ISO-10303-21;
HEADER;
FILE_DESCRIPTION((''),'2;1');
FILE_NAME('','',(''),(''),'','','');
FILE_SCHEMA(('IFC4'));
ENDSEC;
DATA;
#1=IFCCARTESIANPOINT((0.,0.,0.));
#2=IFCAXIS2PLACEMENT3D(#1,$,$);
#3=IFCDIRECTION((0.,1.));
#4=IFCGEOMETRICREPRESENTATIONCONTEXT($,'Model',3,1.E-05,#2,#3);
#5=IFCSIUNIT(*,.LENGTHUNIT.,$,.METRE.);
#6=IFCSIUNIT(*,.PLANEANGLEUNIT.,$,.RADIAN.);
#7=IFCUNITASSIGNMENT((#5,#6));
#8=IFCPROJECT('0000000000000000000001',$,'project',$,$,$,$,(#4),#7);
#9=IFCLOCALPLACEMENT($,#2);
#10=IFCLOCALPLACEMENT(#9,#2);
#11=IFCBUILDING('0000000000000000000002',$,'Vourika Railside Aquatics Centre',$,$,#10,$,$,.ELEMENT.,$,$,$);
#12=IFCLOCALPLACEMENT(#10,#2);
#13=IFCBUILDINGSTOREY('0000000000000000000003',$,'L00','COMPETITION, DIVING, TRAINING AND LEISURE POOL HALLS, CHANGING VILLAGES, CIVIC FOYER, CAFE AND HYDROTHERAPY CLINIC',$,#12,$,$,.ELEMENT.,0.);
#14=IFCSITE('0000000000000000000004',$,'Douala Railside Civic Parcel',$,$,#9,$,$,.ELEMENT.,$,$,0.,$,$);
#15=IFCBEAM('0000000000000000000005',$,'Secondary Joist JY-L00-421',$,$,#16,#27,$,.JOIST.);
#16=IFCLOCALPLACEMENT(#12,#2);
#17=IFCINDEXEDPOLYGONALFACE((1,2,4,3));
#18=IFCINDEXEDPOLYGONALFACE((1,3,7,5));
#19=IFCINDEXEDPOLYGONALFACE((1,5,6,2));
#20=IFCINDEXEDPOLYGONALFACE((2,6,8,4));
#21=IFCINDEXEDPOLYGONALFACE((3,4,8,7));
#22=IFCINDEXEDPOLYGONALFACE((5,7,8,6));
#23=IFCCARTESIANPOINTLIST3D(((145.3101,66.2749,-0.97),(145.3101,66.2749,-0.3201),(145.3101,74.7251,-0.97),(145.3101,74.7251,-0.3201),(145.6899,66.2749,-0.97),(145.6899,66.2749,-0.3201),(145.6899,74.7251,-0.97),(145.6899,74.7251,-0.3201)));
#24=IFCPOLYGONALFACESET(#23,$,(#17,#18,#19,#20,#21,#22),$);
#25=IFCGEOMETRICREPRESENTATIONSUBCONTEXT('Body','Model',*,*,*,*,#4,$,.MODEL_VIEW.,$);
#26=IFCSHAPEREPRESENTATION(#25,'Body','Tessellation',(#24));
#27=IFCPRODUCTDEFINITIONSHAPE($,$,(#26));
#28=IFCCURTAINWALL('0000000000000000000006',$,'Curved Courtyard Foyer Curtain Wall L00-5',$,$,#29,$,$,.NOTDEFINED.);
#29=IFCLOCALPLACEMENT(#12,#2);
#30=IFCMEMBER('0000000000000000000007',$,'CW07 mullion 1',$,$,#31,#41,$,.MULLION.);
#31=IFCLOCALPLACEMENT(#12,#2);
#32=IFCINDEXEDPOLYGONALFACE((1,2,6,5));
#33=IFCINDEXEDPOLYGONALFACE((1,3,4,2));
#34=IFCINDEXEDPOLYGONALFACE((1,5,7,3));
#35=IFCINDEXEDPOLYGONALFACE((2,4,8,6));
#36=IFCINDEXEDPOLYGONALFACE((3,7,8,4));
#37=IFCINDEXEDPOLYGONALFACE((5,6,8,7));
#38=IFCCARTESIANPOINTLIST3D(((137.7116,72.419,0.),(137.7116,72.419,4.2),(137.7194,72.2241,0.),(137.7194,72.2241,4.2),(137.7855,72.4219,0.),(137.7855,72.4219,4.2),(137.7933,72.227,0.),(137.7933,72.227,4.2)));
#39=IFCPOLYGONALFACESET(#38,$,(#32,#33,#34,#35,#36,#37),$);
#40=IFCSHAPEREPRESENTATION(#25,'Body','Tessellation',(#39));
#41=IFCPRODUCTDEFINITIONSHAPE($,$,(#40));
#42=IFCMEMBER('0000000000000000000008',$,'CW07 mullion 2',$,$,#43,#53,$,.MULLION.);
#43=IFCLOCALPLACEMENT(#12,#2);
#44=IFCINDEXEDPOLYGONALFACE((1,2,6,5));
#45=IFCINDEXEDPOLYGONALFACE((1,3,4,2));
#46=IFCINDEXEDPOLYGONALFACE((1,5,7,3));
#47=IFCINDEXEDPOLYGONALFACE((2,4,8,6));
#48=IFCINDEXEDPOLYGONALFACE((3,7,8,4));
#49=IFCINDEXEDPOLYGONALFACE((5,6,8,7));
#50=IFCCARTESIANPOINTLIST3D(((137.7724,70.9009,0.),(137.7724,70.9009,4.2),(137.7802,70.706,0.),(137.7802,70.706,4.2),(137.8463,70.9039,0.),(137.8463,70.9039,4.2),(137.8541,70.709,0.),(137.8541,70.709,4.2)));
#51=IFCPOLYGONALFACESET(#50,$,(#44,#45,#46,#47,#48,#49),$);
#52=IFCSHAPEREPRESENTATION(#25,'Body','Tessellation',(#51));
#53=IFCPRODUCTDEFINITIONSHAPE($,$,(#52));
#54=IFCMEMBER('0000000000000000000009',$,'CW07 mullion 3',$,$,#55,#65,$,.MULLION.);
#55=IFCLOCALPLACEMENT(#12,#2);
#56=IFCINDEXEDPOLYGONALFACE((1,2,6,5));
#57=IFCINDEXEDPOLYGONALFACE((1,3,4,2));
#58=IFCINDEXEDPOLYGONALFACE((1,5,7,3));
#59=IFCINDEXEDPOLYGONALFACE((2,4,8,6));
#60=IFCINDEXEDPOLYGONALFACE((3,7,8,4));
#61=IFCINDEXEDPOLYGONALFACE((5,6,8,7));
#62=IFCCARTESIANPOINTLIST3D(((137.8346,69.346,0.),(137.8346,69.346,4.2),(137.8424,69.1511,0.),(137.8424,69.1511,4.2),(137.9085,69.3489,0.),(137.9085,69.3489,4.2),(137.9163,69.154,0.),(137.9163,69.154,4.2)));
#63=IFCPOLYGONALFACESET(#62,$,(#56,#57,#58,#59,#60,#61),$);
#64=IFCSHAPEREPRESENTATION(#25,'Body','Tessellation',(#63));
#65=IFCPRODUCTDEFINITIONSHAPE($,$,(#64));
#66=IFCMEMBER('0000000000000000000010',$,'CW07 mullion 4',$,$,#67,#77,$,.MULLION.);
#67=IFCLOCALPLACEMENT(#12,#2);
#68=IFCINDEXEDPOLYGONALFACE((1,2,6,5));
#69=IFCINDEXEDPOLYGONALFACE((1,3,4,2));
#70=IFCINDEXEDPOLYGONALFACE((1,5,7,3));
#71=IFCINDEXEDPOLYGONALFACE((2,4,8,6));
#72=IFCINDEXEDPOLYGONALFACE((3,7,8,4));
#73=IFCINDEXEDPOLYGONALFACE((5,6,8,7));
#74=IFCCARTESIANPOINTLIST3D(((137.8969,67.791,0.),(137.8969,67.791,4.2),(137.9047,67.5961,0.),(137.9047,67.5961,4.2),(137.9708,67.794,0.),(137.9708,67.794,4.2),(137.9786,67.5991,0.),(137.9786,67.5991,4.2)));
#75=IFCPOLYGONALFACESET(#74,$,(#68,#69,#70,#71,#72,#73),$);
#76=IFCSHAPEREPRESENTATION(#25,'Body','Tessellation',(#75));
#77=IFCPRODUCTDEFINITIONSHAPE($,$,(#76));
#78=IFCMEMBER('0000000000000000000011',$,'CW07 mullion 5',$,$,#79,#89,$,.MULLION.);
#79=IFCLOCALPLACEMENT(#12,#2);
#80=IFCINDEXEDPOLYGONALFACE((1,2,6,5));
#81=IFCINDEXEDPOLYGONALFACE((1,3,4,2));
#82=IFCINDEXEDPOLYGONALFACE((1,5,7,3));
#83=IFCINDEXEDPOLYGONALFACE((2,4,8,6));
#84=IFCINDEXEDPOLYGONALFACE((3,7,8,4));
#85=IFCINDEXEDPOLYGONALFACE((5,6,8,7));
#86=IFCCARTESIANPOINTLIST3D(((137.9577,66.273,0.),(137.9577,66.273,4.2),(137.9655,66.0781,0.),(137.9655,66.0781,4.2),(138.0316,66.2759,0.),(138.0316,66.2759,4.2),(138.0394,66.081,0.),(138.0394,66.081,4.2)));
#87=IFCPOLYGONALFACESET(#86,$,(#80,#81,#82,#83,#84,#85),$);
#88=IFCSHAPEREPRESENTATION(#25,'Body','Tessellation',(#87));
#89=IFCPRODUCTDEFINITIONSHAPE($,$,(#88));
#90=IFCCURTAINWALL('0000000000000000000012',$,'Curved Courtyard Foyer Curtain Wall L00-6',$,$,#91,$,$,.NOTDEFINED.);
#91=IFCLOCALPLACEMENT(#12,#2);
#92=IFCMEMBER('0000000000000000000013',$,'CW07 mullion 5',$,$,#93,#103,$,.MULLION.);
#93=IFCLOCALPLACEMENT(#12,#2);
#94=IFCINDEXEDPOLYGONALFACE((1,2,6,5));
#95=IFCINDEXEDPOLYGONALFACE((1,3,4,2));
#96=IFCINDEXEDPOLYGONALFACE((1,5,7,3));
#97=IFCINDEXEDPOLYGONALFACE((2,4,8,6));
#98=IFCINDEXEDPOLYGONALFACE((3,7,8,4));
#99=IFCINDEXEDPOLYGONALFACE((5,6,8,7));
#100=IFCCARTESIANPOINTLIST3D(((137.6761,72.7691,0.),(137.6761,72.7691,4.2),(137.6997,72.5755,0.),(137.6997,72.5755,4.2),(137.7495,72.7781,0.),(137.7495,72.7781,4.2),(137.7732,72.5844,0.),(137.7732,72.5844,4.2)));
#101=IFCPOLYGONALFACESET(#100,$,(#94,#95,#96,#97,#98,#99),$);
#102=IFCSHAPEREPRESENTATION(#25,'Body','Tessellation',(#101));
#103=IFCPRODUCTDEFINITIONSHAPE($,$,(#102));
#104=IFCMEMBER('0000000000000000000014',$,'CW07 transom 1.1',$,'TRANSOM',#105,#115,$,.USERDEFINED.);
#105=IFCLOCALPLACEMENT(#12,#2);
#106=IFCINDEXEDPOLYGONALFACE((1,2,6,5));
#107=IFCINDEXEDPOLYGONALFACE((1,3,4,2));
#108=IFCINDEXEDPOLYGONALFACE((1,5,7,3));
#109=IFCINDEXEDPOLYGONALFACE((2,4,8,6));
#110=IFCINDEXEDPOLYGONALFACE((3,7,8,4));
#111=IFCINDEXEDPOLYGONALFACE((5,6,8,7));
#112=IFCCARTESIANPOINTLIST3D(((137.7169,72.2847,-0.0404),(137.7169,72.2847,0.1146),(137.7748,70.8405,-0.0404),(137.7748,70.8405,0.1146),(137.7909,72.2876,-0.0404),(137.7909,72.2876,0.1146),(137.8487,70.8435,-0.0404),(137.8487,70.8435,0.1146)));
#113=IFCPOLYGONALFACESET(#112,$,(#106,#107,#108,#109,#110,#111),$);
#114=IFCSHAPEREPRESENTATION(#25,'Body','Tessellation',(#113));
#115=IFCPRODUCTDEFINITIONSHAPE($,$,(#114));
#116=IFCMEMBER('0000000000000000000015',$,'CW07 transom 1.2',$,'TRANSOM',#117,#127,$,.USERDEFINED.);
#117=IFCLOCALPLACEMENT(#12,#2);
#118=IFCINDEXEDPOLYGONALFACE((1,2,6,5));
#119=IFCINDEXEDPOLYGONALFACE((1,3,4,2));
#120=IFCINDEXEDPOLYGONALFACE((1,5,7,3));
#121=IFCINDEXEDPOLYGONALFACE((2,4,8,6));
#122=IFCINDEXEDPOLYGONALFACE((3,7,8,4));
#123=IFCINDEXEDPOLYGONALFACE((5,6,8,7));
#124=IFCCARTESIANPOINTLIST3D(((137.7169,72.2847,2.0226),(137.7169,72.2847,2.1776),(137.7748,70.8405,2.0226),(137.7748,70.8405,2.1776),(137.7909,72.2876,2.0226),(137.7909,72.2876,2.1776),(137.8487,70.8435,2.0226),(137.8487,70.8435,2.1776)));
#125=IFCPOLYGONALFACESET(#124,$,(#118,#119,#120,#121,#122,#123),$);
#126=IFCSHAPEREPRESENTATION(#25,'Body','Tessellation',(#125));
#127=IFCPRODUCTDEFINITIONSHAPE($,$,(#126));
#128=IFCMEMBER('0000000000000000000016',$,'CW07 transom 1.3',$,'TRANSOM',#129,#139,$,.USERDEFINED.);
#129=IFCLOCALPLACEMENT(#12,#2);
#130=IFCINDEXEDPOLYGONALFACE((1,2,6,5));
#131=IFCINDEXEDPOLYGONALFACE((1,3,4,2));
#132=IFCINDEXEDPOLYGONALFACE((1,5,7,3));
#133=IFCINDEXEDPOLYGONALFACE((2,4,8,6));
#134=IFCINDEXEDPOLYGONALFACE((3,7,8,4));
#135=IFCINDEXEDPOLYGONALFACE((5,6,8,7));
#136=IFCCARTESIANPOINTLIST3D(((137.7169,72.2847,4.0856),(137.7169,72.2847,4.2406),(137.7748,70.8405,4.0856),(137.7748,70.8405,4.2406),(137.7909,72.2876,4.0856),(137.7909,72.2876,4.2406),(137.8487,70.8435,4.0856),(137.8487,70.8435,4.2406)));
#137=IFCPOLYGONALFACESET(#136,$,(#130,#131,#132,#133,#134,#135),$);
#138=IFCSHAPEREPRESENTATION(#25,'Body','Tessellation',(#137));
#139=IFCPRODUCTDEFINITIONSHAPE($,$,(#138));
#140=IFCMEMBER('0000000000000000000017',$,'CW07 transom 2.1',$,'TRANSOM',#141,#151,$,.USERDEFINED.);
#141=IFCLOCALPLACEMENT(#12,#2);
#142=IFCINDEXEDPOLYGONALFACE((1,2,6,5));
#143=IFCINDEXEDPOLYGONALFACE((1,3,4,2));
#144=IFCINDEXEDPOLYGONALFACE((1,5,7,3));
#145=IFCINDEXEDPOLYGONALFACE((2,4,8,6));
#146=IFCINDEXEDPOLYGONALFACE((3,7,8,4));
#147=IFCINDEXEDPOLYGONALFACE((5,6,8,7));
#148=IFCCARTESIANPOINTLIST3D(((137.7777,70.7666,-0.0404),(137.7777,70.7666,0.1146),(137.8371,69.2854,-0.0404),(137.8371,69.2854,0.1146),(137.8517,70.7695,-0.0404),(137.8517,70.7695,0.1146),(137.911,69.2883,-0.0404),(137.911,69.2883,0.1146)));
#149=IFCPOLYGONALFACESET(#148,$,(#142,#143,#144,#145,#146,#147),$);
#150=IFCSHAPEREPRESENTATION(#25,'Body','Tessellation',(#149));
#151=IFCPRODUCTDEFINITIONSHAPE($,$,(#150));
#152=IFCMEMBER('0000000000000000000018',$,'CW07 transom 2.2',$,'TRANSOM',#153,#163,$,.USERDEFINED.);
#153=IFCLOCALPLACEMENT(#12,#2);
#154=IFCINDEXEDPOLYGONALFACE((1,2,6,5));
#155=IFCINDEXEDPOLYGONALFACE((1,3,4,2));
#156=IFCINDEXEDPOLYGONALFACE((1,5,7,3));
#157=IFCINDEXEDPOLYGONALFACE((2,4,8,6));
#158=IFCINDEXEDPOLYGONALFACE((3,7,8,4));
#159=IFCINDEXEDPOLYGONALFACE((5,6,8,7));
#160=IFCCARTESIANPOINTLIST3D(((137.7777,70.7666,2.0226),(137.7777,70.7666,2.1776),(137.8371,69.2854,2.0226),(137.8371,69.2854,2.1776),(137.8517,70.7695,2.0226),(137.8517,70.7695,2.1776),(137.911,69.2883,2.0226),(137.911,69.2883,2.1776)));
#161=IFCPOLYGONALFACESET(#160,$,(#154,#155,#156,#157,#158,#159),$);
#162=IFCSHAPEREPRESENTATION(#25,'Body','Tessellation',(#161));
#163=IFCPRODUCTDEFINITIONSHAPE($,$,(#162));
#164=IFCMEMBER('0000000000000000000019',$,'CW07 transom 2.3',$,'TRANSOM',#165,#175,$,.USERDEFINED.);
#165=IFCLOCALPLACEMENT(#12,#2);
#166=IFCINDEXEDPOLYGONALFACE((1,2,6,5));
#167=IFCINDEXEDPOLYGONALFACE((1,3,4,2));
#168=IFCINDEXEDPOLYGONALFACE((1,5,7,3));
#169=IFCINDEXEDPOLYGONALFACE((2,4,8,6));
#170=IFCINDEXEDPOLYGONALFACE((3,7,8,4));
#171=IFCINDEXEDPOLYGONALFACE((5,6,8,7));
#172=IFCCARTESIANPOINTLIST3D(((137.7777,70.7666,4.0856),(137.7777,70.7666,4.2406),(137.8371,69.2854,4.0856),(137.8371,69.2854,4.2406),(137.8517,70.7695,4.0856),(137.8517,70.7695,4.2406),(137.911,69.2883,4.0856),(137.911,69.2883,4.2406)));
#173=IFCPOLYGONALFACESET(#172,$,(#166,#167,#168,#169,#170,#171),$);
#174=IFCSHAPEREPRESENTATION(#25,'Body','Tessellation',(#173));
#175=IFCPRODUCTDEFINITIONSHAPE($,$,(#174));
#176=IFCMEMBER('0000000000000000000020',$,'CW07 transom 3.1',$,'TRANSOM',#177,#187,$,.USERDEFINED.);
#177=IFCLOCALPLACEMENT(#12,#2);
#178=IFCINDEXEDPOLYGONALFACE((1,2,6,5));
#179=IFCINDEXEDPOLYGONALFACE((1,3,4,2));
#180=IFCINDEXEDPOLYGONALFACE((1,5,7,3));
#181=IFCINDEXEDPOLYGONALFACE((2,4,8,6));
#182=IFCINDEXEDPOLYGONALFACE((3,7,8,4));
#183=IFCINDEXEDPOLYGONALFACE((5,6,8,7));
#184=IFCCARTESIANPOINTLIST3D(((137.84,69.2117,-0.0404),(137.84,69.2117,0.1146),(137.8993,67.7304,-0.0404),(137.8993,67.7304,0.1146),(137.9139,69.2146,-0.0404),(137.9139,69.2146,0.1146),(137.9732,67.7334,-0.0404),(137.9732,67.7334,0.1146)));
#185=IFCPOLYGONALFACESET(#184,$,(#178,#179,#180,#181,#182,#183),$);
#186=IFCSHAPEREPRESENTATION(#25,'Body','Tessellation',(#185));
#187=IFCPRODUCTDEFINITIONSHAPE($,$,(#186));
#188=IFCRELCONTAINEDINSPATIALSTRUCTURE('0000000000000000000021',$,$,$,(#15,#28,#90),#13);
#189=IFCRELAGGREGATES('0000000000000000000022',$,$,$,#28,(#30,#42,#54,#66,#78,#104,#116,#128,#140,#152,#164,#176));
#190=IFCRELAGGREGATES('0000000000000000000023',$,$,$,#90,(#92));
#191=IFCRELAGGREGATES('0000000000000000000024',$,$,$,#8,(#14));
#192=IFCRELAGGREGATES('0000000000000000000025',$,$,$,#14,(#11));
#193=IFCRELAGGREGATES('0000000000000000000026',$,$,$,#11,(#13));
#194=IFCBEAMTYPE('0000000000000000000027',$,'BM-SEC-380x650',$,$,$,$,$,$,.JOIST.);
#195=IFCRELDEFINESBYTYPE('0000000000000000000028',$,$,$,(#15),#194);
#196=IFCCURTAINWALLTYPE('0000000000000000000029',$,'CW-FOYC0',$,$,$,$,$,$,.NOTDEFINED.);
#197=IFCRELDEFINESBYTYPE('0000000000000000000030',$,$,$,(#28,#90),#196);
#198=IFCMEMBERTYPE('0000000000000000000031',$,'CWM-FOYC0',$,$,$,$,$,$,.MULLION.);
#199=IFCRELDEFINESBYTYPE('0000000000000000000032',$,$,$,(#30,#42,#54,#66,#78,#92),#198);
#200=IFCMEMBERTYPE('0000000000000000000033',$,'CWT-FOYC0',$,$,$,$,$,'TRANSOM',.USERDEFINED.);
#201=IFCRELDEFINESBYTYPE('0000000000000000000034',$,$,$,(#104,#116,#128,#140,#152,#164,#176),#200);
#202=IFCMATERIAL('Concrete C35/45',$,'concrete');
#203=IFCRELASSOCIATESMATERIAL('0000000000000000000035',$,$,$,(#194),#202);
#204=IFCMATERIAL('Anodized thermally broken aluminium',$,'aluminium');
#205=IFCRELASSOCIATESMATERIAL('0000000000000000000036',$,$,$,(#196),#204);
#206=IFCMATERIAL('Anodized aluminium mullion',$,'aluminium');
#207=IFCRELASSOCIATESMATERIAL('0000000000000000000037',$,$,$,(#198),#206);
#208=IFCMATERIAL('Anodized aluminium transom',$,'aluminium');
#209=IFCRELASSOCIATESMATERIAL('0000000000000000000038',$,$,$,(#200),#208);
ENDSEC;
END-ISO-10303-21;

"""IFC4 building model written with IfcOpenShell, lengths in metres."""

from ifc_helpers import new_model, si_unit, direction, frame, origin, origin_2d, place, context, subcontext, project, spatial, rectangle, extrude, material, material_profile, profile_set, type_object, element, aggregate, save


model = new_model("IFC4")

# Units and contexts
model_context = context("Model", 3, precision=1e-05, world=origin(), true_north=direction((0.0, 1.0)))
body_context = subcontext(model_context, "Body", "Model", "MODEL_VIEW")
ifc_project = project(units=[si_unit("LENGTHUNIT", "METRE"), si_unit("PLANEANGLEUNIT", "RADIAN")], contexts=[model_context])

# Site, building, storey
site_placement = place(None, origin())
site = spatial("IfcSite", under=ifc_project, at=site_placement, Name="Douala Railside Civic Parcel", CompositionType="ELEMENT", RefElevation=0.0)
building_placement = place(site_placement, origin())
building = spatial("IfcBuilding", under=site, at=building_placement, Name="Vourika Railside Aquatics Centre", CompositionType="ELEMENT")
storey_placement = place(building_placement, origin())
storey = spatial("IfcBuildingStorey", under=building, at=storey_placement, Name="L00", Description="COMPETITION, DIVING, TRAINING AND LEISURE POOL HALLS, CHANGING VILLAGES, CIVIC FOYER, CAFE AND HYDROTHERAPY CLINIC", CompositionType="ELEMENT", Elevation=0.0)

# Beam
ifc_material_1 = material(Name="Concrete C35/45", Category="concrete")
ifc_material_profile_1 = material_profile(ifc_material_1, rectangle(XDim=0.3799, YDim=0.6499, at=origin_2d()), Name="RC 380x650")
ifc_profile_set_1 = profile_set([ifc_material_profile_1], Name="Concrete C35/45")
beam_type = type_object("IfcBeamType", Name="BM-SEC-380x650", PredefinedType="JOIST", material=ifc_profile_set_1)
beam_placement = place(storey_placement, frame((145.5, 66.2749, -0.645), z_axis=(0.0, 1.0, 0.0), x_axis=(-1.0, 0.0, 0.0)))
element("IfcBeam", 1, at=beam_placement, inside=storey, type_object=beam_type, Name="Secondary Joist JY-L00-421", PredefinedType="JOIST", context=body_context, shape_type="SweptSolid", body=[
    extrude(rectangle(XDim=0.3799, YDim=0.6499, at=origin_2d()), origin(), (0.0, 0.0, 1.0), 8.4502),
])

# Curtain wall, members
ifc_material_2 = material(Name="Anodized thermally broken aluminium", Category="aluminium")
curtain_wall_type = type_object("IfcCurtainWallType", Name="CW-FOYC0", PredefinedType="NOTDEFINED", material=ifc_material_2)
curtain_wall_1_placement = place(storey_placement, origin())
curtain_wall_1 = element("IfcCurtainWall", 2, at=curtain_wall_1_placement, inside=storey, type_object=curtain_wall_type, Name="Curved Courtyard Foyer Curtain Wall L00-5", PredefinedType="NOTDEFINED")
ifc_material_3 = material(Name="Anodized aluminium mullion", Category="aluminium")
ifc_material_profile_2 = material_profile(ifc_material_3, rectangle(XDim=0.074, YDim=0.1951, at=origin_2d()), Name="ALU-M 74x195")
ifc_profile_set_2 = profile_set([ifc_material_profile_2], Name="Anodized aluminium mullion")
member_type_1 = type_object("IfcMemberType", Name="CWM-FOYC0", PredefinedType="MULLION", material=ifc_profile_set_2)
member_1_placement = place(storey_placement, frame((137.7524, 72.323, 0.0), z_axis=(0.0, 0.0, 1.0), x_axis=(0.9992, 0.04, 0.0)))
member_1 = element("IfcMember", 3, at=member_1_placement, type_object=member_type_1, Name="CW07 mullion 1", PredefinedType="MULLION", context=body_context, shape_type="SweptSolid", body=[
    extrude(rectangle(XDim=0.074, YDim=0.1951, at=origin_2d()), origin(), (0.0, 0.0, 1.0), 4.2),
])
member_2_placement = place(storey_placement, frame((137.8132, 70.8049, 0.0), z_axis=(0.0, 0.0, 1.0), x_axis=(0.9992, 0.04, 0.0)))
member_2 = element("IfcMember", 4, at=member_2_placement, type_object=member_type_1, Name="CW07 mullion 2", PredefinedType="MULLION", context=body_context, shape_type="SweptSolid", body=[
    extrude(rectangle(XDim=0.074, YDim=0.1951, at=origin_2d()), origin(), (0.0, 0.0, 1.0), 4.2),
])
member_3_placement = place(storey_placement, frame((137.8755, 69.25, 0.0), z_axis=(0.0, 0.0, 1.0), x_axis=(0.9992, 0.04, 0.0)))
member_3 = element("IfcMember", 5, at=member_3_placement, type_object=member_type_1, Name="CW07 mullion 3", PredefinedType="MULLION", context=body_context, shape_type="SweptSolid", body=[
    extrude(rectangle(XDim=0.074, YDim=0.1951, at=origin_2d()), origin(), (0.0, 0.0, 1.0), 4.2),
])
member_4_placement = place(storey_placement, frame((137.9377, 67.6951, 0.0), z_axis=(0.0, 0.0, 1.0), x_axis=(0.9992, 0.04, 0.0)))
member_4 = element("IfcMember", 6, at=member_4_placement, type_object=member_type_1, Name="CW07 mullion 4", PredefinedType="MULLION", context=body_context, shape_type="SweptSolid", body=[
    extrude(rectangle(XDim=0.074, YDim=0.1951, at=origin_2d()), origin(), (0.0, 0.0, 1.0), 4.2),
])
member_5_placement = place(storey_placement, frame((137.9985, 66.177, 0.0), z_axis=(0.0, 0.0, 1.0), x_axis=(0.9992, 0.04, 0.0)))
member_5 = element("IfcMember", 7, at=member_5_placement, type_object=member_type_1, Name="CW07 mullion 5", PredefinedType="MULLION", context=body_context, shape_type="SweptSolid", body=[
    extrude(rectangle(XDim=0.074, YDim=0.1951, at=origin_2d()), origin(), (0.0, 0.0, 1.0), 4.2),
])

# Curtain wall, member
curtain_wall_2_placement = place(storey_placement, origin())
curtain_wall_2 = element("IfcCurtainWall", 8, at=curtain_wall_2_placement, inside=storey, type_object=curtain_wall_type, Name="Curved Courtyard Foyer Curtain Wall L00-6", PredefinedType="NOTDEFINED")
member_6_placement = place(storey_placement, frame((137.7246, 72.6768, 0.0), z_axis=(0.0, 0.0, 1.0), x_axis=(0.992599, 0.121442, 0.0)))
member_6 = element("IfcMember", 9, at=member_6_placement, type_object=member_type_1, Name="CW07 mullion 5", PredefinedType="MULLION", context=body_context, shape_type="SweptSolid", body=[
    extrude(rectangle(XDim=0.074, YDim=0.1951, at=origin_2d()), origin(), (0.0, 0.0, 1.0), 4.2),
])

# Members
ifc_material_4 = material(Name="Anodized aluminium transom", Category="aluminium")
ifc_material_profile_3 = material_profile(ifc_material_4, rectangle(XDim=0.074, YDim=0.155, at=origin_2d()), Name="ALU-T 74x155")
ifc_profile_set_3 = profile_set([ifc_material_profile_3], Name="Anodized aluminium transom")
member_type_2 = type_object("IfcMemberType", Name="CWT-FOYC0", ElementType="TRANSOM", PredefinedType="USERDEFINED", material=ifc_profile_set_3)
member_7_placement = place(storey_placement, frame((137.7539, 72.2861, 0.0371), z_axis=(0.040036, -0.999198, 0.0), x_axis=(0.999198, 0.040036, 0.0)))
member_7 = element("IfcMember", 10, at=member_7_placement, type_object=member_type_2, Name="CW07 transom 1.1", ObjectType="TRANSOM", PredefinedType="USERDEFINED", context=body_context, shape_type="SweptSolid", body=[
    extrude(rectangle(XDim=0.074, YDim=0.155, at=origin_2d()), origin(), (0.0, 0.0, 1.0), 1.4453),
])
member_8_placement = place(storey_placement, frame((137.7539, 72.2861, 2.1001), z_axis=(0.040036, -0.999198, 0.0), x_axis=(0.999198, 0.040036, 0.0)))
member_8 = element("IfcMember", 11, at=member_8_placement, type_object=member_type_2, Name="CW07 transom 1.2", ObjectType="TRANSOM", PredefinedType="USERDEFINED", context=body_context, shape_type="SweptSolid", body=[
    extrude(rectangle(XDim=0.074, YDim=0.155, at=origin_2d()), origin(), (0.0, 0.0, 1.0), 1.4453),
])
member_9_placement = place(storey_placement, frame((137.7539, 72.2861, 4.1631), z_axis=(0.040036, -0.999198, 0.0), x_axis=(0.999198, 0.040036, 0.0)))
member_9 = element("IfcMember", 12, at=member_9_placement, type_object=member_type_2, Name="CW07 transom 1.3", ObjectType="TRANSOM", PredefinedType="USERDEFINED", context=body_context, shape_type="SweptSolid", body=[
    extrude(rectangle(XDim=0.074, YDim=0.155, at=origin_2d()), origin(), (0.0, 0.0, 1.0), 1.4453),
])
member_10_placement = place(storey_placement, frame((137.8147, 70.7681, 0.0371), z_axis=(0.040021, -0.999199, 0.0), x_axis=(0.999199, 0.040021, 0.0)))
member_10 = element("IfcMember", 13, at=member_10_placement, type_object=member_type_2, Name="CW07 transom 2.1", ObjectType="TRANSOM", PredefinedType="USERDEFINED", context=body_context, shape_type="SweptSolid", body=[
    extrude(rectangle(XDim=0.074, YDim=0.155, at=origin_2d()), origin(), (0.0, 0.0, 1.0), 1.4824),
])
member_11_placement = place(storey_placement, frame((137.8147, 70.7681, 2.1001), z_axis=(0.040021, -0.999199, 0.0), x_axis=(0.999199, 0.040021, 0.0)))
member_11 = element("IfcMember", 14, at=member_11_placement, type_object=member_type_2, Name="CW07 transom 2.2", ObjectType="TRANSOM", PredefinedType="USERDEFINED", context=body_context, shape_type="SweptSolid", body=[
    extrude(rectangle(XDim=0.074, YDim=0.155, at=origin_2d()), origin(), (0.0, 0.0, 1.0), 1.4824),
])
member_12_placement = place(storey_placement, frame((137.8147, 70.7681, 4.1631), z_axis=(0.040021, -0.999199, 0.0), x_axis=(0.999199, 0.040021, 0.0)))
member_12 = element("IfcMember", 15, at=member_12_placement, type_object=member_type_2, Name="CW07 transom 2.3", ObjectType="TRANSOM", PredefinedType="USERDEFINED", context=body_context, shape_type="SweptSolid", body=[
    extrude(rectangle(XDim=0.074, YDim=0.155, at=origin_2d()), origin(), (0.0, 0.0, 1.0), 1.4824),
])
member_13_placement = place(storey_placement, frame((137.877, 69.2131, 0.0371), z_axis=(0.040021, -0.999199, 0.0), x_axis=(0.999199, 0.040021, 0.0)))
member_13 = element("IfcMember", 16, at=member_13_placement, type_object=member_type_2, Name="CW07 transom 3.1", ObjectType="TRANSOM", PredefinedType="USERDEFINED", context=body_context, shape_type="SweptSolid", body=[
    extrude(rectangle(XDim=0.074, YDim=0.155, at=origin_2d()), origin(), (0.0, 0.0, 1.0), 1.4824),
])

aggregate(curtain_wall_1, [member_1, member_2, member_3, member_4, member_5, member_7, member_8, member_9, member_10, member_11, member_12, member_13])
aggregate(curtain_wall_2, [member_6])

save(model, "model.ifc")
